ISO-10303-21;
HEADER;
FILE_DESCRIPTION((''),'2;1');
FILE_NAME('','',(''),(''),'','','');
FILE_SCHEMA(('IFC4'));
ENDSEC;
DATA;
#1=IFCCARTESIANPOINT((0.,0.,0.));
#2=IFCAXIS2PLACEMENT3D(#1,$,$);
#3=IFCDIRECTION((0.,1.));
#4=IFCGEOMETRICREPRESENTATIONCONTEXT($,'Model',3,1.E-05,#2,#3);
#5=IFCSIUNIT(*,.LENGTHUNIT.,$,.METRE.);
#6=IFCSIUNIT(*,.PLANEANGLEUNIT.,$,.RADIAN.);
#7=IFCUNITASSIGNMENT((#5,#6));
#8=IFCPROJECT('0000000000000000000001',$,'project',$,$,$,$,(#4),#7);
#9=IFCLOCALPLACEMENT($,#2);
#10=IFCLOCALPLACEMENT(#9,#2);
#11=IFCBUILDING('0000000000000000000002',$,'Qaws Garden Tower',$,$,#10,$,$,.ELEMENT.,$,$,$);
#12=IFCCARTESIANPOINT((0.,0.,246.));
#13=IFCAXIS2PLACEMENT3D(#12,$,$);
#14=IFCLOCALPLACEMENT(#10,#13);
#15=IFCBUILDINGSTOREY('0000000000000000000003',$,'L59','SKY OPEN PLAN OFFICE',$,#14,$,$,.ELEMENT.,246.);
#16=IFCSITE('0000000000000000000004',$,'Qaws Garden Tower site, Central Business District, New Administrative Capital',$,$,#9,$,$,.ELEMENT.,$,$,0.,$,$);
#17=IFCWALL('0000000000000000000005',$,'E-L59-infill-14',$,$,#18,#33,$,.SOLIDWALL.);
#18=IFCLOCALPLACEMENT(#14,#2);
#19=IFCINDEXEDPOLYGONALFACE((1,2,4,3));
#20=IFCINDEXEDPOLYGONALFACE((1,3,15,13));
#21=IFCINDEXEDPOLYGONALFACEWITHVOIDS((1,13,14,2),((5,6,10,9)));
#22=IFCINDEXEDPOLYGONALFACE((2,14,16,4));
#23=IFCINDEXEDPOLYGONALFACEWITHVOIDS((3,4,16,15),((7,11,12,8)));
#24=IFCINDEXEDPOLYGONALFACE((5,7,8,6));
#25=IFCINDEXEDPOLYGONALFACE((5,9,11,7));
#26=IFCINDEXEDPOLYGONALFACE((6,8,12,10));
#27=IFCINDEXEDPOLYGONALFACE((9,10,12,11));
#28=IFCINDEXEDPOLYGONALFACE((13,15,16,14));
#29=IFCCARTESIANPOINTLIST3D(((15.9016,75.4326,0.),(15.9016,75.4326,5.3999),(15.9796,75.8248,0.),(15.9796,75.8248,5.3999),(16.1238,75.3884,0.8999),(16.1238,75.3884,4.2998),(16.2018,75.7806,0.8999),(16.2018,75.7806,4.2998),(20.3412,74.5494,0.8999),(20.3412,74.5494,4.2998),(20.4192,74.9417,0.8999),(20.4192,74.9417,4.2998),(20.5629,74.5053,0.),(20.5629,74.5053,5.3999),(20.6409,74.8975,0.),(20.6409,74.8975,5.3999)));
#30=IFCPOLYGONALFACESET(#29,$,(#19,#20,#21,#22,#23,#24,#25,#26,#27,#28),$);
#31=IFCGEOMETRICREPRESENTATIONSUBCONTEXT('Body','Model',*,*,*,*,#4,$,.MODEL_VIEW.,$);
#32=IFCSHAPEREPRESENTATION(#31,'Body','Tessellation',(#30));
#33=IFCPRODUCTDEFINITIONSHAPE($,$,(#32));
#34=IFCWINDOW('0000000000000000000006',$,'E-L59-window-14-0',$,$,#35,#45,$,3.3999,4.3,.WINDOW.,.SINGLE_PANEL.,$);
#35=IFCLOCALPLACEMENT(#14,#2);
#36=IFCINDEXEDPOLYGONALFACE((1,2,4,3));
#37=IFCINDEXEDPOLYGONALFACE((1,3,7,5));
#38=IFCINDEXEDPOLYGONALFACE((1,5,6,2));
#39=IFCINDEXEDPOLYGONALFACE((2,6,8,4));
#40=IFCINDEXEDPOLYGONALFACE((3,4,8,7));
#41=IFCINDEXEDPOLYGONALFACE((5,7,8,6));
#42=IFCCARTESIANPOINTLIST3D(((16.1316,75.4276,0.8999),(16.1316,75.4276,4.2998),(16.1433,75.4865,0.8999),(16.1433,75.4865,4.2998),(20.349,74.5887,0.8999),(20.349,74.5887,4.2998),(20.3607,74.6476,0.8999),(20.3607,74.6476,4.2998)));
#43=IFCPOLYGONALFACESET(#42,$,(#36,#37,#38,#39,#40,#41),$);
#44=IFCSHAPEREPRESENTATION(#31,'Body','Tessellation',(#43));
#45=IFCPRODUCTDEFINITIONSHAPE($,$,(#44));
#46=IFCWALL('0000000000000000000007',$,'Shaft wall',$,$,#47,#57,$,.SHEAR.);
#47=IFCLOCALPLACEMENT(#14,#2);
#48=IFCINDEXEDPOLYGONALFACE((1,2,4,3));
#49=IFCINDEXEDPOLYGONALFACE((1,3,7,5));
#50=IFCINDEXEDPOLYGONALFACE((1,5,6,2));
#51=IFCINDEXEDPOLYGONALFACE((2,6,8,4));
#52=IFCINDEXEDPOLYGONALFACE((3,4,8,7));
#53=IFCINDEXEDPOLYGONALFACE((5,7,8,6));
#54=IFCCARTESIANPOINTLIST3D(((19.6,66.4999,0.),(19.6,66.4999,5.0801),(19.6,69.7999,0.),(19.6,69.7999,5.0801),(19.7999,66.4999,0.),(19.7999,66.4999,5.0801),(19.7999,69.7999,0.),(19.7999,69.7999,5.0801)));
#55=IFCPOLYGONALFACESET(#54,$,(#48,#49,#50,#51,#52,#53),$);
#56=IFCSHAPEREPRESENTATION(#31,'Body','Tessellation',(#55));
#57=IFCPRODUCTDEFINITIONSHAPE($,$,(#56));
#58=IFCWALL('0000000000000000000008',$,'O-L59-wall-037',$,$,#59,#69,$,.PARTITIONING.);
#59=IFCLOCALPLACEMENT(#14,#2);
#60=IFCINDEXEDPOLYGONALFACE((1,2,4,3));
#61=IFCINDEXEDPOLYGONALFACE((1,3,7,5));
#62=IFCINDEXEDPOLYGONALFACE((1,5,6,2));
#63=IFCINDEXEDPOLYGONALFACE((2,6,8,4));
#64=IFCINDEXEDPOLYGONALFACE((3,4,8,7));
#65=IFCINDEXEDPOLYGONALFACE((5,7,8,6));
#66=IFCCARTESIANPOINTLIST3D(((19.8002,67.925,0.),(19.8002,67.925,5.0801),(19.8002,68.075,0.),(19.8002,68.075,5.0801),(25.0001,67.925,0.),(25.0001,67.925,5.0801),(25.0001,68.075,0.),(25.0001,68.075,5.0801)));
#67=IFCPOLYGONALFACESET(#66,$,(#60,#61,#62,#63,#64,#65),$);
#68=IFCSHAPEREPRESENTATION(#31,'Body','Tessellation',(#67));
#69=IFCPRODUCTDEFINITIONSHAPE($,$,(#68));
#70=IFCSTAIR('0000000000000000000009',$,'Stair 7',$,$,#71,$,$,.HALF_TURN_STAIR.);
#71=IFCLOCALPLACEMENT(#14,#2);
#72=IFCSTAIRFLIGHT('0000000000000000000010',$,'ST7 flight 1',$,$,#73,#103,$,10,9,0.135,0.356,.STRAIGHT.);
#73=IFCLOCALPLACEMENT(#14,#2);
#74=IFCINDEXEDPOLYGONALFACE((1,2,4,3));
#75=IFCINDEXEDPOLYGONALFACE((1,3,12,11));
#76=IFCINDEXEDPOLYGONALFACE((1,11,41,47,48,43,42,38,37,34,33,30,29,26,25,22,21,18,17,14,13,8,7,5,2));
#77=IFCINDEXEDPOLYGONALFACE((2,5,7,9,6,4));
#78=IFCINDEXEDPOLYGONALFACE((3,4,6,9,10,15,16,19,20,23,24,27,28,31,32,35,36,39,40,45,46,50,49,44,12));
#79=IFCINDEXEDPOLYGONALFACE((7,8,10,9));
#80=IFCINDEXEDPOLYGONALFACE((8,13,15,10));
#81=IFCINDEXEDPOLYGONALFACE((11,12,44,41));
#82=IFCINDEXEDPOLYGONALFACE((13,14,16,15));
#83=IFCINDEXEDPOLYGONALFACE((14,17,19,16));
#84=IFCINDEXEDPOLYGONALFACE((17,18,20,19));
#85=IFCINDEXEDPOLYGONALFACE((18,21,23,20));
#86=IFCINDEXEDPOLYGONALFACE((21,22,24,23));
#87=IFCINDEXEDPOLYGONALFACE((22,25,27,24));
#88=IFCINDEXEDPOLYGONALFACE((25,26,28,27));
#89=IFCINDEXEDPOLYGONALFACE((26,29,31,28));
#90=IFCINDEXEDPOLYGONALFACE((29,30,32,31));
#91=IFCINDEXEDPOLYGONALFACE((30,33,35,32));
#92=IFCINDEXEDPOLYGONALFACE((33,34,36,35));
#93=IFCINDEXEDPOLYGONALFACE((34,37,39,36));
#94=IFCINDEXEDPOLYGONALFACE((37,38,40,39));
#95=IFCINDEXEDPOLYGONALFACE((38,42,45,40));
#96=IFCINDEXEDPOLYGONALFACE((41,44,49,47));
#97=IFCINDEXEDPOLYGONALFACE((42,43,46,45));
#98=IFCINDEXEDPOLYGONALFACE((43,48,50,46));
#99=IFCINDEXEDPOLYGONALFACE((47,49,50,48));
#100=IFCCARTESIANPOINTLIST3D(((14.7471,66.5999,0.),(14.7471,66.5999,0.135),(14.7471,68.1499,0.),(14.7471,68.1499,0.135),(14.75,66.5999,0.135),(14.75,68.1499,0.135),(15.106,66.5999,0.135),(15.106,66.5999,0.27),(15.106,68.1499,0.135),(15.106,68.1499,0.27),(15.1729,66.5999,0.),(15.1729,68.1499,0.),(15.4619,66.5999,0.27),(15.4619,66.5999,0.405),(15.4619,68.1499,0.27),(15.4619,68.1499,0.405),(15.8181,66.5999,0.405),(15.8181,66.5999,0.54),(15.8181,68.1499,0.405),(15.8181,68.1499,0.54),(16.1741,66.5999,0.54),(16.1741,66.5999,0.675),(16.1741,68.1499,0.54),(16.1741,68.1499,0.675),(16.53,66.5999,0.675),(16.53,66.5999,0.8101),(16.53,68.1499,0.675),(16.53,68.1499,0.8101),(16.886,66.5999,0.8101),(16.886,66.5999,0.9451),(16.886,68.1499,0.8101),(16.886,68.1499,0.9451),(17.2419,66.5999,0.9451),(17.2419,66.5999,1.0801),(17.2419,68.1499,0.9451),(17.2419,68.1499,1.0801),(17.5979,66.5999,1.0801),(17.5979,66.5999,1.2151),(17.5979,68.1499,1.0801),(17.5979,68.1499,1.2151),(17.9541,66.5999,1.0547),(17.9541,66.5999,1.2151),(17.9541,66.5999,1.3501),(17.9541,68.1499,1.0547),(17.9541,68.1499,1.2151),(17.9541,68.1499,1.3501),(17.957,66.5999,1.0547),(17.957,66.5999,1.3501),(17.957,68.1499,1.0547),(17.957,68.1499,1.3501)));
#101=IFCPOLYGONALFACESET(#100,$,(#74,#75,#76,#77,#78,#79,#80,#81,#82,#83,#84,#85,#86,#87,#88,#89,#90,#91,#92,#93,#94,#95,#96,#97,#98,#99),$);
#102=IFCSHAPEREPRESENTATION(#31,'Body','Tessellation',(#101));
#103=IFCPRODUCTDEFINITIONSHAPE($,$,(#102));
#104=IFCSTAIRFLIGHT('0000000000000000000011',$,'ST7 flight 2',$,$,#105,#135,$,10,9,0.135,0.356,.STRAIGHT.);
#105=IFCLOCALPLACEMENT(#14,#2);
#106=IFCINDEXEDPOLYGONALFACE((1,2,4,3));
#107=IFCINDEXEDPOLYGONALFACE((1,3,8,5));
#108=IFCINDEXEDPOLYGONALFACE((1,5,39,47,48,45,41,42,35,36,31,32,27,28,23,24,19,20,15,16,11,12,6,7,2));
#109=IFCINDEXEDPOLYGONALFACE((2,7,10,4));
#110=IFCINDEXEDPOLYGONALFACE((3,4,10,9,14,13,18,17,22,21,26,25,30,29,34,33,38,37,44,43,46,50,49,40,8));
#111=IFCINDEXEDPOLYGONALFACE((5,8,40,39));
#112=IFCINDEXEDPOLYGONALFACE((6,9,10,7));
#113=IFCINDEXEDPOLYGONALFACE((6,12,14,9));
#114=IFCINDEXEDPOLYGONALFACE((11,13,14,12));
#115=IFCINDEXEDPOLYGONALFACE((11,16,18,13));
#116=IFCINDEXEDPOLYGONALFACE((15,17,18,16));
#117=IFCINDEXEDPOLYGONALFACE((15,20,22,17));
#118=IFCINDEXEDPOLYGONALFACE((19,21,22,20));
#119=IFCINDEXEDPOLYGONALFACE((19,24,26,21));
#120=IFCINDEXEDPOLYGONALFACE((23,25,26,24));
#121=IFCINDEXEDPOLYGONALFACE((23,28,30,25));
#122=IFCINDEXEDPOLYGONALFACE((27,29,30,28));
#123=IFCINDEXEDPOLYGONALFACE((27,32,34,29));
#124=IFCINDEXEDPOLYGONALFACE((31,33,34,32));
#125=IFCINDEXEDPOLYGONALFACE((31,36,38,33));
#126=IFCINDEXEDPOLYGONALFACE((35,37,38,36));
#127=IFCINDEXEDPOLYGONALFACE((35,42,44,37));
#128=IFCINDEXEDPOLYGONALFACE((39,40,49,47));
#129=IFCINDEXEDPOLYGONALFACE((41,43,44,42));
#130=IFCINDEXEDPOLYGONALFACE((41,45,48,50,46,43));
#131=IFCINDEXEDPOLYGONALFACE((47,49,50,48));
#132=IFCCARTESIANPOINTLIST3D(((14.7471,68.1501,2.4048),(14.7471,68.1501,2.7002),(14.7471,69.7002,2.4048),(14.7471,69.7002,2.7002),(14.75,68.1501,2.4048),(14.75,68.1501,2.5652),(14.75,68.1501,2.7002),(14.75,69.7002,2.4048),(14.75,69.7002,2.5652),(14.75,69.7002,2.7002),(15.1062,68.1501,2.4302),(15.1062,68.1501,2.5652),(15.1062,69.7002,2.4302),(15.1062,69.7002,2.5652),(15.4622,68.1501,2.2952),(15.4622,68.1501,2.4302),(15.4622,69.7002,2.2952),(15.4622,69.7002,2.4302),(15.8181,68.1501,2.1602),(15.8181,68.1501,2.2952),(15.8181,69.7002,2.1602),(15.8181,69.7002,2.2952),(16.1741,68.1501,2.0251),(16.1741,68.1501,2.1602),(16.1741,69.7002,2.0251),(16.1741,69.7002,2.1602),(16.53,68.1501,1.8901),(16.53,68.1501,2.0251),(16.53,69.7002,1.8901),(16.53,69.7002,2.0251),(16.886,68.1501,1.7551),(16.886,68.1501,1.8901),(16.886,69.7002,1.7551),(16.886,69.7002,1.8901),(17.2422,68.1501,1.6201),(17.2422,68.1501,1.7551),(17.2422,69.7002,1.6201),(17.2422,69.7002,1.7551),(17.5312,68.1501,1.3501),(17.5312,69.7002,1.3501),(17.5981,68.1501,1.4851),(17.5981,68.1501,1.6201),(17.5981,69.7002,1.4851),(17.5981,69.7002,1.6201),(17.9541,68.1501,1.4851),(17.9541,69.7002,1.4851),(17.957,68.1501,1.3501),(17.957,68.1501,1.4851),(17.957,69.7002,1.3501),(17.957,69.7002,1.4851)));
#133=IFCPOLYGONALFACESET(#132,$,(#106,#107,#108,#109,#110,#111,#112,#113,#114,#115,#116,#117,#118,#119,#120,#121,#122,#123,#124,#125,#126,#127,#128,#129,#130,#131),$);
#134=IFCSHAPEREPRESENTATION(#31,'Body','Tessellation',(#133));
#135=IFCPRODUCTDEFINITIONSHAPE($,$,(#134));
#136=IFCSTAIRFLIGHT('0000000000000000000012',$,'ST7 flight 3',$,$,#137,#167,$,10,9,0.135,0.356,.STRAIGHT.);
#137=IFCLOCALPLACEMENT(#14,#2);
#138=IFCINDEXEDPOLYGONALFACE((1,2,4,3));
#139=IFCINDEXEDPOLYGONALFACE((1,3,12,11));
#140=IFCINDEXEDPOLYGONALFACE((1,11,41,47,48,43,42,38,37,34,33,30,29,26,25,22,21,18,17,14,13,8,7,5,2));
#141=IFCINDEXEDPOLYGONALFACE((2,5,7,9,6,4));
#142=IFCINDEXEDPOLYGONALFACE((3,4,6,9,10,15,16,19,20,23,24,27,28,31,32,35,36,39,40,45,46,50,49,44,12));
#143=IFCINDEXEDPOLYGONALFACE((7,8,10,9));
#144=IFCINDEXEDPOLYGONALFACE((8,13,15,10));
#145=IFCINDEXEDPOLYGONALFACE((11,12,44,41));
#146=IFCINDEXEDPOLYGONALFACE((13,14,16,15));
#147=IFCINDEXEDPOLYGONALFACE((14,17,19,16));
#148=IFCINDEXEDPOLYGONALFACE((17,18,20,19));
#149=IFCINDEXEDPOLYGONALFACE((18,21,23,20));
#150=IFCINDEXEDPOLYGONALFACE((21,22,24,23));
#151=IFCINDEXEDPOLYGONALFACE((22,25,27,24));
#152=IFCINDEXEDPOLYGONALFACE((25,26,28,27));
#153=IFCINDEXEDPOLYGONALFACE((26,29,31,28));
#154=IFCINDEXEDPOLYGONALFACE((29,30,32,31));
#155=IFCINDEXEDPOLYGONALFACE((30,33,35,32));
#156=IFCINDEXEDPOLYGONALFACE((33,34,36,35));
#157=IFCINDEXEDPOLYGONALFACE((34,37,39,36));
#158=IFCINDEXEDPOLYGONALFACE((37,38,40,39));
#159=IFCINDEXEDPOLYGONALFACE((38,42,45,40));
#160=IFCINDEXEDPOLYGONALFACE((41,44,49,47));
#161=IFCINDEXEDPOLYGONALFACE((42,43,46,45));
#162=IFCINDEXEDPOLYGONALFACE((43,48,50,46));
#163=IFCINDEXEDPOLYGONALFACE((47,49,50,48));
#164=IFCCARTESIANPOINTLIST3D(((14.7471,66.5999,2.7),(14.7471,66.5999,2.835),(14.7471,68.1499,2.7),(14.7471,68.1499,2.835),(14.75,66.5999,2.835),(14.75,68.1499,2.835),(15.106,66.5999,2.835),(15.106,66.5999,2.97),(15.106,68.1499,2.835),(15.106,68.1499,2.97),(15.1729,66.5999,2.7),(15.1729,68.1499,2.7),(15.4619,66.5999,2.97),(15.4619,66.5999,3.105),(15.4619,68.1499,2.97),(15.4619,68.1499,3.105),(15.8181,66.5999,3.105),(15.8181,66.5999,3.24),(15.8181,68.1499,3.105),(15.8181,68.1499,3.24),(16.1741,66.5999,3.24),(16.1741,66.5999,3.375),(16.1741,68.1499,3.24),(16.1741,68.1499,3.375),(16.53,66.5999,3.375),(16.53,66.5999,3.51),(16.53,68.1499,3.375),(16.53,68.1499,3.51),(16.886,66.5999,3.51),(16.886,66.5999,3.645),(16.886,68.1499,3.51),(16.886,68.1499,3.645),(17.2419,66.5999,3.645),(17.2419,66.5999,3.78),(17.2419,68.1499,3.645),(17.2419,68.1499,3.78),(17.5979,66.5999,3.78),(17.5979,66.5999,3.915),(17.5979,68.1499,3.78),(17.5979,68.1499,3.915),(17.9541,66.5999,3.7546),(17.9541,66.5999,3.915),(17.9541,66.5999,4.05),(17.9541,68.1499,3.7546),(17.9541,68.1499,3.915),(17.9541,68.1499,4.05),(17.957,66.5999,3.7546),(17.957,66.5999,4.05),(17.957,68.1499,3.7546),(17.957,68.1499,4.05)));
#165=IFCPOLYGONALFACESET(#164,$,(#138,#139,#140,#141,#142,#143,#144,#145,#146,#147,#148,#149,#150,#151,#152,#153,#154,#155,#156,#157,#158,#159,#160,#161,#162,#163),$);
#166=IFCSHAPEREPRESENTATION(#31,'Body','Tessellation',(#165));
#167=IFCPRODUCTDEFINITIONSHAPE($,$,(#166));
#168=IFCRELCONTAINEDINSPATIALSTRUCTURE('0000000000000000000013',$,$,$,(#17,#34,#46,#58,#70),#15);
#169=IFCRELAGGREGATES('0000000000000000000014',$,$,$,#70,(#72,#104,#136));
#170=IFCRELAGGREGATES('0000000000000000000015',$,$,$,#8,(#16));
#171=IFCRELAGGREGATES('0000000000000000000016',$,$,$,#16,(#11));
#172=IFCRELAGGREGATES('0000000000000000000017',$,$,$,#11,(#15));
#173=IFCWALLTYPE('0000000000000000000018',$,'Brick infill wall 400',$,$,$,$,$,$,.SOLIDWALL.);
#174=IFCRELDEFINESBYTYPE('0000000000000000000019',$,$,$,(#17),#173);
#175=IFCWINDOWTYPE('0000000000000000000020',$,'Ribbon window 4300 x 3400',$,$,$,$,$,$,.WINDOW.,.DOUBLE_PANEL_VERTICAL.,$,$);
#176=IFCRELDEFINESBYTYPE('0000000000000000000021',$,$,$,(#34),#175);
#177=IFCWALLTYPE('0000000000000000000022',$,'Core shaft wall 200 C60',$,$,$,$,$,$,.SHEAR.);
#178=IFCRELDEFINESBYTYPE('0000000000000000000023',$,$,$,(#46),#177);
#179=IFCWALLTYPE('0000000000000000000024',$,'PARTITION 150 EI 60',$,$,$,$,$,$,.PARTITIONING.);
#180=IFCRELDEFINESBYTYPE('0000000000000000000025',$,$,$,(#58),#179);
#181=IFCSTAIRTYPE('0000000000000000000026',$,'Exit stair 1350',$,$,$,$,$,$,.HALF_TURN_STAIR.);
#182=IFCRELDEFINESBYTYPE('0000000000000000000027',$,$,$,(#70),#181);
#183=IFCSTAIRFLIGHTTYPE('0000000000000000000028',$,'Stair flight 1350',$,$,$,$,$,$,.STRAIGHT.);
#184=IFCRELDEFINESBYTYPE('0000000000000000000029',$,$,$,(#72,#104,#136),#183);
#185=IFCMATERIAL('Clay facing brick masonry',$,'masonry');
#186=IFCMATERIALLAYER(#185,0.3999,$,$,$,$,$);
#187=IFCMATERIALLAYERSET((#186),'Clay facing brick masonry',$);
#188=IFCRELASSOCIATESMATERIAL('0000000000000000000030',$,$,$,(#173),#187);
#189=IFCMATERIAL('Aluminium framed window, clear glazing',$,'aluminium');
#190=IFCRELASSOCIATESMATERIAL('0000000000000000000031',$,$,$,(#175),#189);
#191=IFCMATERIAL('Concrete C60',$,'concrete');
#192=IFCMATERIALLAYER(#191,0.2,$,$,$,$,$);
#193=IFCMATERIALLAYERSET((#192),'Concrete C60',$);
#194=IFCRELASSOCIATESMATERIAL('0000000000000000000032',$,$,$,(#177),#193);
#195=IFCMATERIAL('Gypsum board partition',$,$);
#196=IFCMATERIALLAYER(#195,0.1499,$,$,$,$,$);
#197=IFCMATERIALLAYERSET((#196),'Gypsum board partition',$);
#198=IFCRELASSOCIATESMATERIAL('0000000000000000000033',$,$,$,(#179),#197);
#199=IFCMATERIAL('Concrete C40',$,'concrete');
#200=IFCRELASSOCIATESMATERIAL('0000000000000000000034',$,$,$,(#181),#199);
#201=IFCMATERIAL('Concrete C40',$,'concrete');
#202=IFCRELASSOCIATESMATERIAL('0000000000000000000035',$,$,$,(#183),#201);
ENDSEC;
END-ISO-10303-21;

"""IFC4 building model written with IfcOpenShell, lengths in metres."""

from ifc_helpers import new_model, si_unit, direction, frame, frame_2d, origin, place, context, subcontext, project, spatial, polyline, rectangle, outline, extrude, material, layer, layer_set, type_object, element, fill, aggregate, save


model = new_model("IFC4")

# Units and contexts
model_context = context("Model", 3, precision=1e-05, world=origin(), true_north=direction((0.0, 1.0)))
body_context = subcontext(model_context, "Body", "Model", "MODEL_VIEW")
ifc_project = project(units=[si_unit("LENGTHUNIT", "METRE"), si_unit("PLANEANGLEUNIT", "RADIAN")], contexts=[model_context])

# Site, building, storey
site_placement = place(None, origin())
site = spatial("IfcSite", under=ifc_project, at=site_placement, Name="Qaws Garden Tower site, Central Business District, New Administrative Capital", CompositionType="ELEMENT", RefElevation=0.0)
building_placement = place(site_placement, origin())
building = spatial("IfcBuilding", under=site, at=building_placement, Name="Qaws Garden Tower", CompositionType="ELEMENT")
storey_placement = place(building_placement, frame((0.0, 0.0, 246.0)))
storey = spatial("IfcBuildingStorey", under=building, at=storey_placement, Name="L59", Description="SKY OPEN PLAN OFFICE", CompositionType="ELEMENT", Elevation=246.0)

# Wall, opening, window
ifc_material_1 = material(Name="Clay facing brick masonry", Category="masonry")
ifc_layer_1 = layer(ifc_material_1, 0.3999)
ifc_layer_set_1 = layer_set([ifc_layer_1], Name="Clay facing brick masonry")
wall_type_1 = type_object("IfcWallType", Name="Brick infill wall 400", PredefinedType="SOLIDWALL", material=ifc_layer_set_1)
ifc_material_2 = material(Name="Aluminium framed window, clear glazing", Category="aluminium")
window_type = type_object("IfcWindowType", Name="Ribbon window 4300 x 3400", PartitioningType="DOUBLE_PANEL_VERTICAL", PredefinedType="WINDOW", material=ifc_material_2)
wall_1_placement = place(storey_placement, frame((20.6021, 74.7014, 0.0), z_axis=(0.0, 0.0, 1.0), x_axis=(-0.980784, 0.195099, 0.0)))
wall_1 = element("IfcWall", 1, at=wall_1_placement, inside=storey, type_object=wall_type_1, Name="E-L59-infill-14", PredefinedType="SOLIDWALL", context=body_context, shape_type="SweptSolid", body=[
    extrude(rectangle(XDim=4.7527, YDim=0.3999, at=frame_2d((2.3765, 0.0))), origin(), (0.0, 0.0, 1.0), 5.3999),
])
opening_1_placement = place(wall_1_placement, frame((0.2263, 0.0, 0.8999)))
opening_1 = element("IfcOpeningElement", 2, at=opening_1_placement, cuts=wall_1, PredefinedType="OPENING", context=body_context, shape_type="SweptSolid", body=[
    extrude(rectangle(XDim=4.3, YDim=3.3999, at=frame_2d((2.1499, 1.7))), frame((0.0, 0.21, 0.0), z_axis=(0.0, -1.0, 0.0), x_axis=(1.0, 0.0, 0.0)), (0.0, 0.0, 1.0), 0.4199),
])
window_1_placement = place(opening_1_placement, origin())
window_1 = element("IfcWindow", 3, at=window_1_placement, inside=storey, type_object=window_type, Name="E-L59-window-14-0", OverallHeight=3.3999, OverallWidth=4.3, PartitioningType="SINGLE_PANEL", PredefinedType="WINDOW", context=body_context, shape_type="SweptSolid", body=[
    extrude(rectangle(XDim=4.3, YDim=3.3999, at=frame_2d((2.1499, 1.7))), frame((0.0, 0.1599, 0.0), z_axis=(0.0, -1.0, 0.0), x_axis=(1.0, 0.0, 0.0)), (0.0, 0.0, 1.0), 0.0601),
])
fill(opening_1, window_1)

# Walls
ifc_material_3 = material(Name="Concrete C60", Category="concrete")
ifc_layer_2 = layer(ifc_material_3, 0.2)
ifc_layer_set_2 = layer_set([ifc_layer_2], Name="Concrete C60")
wall_type_2 = type_object("IfcWallType", Name="Core shaft wall 200 C60", PredefinedType="SHEAR", material=ifc_layer_set_2)
wall_2_placement = place(storey_placement, frame((19.7, 66.5, 0.0), z_axis=(0.0, 0.0, 1.0), x_axis=(0.0, 1.0, 0.0)))
element("IfcWall", 4, at=wall_2_placement, inside=storey, type_object=wall_type_2, Name="Shaft wall", PredefinedType="SHEAR", context=body_context, shape_type="SweptSolid", body=[
    extrude(rectangle(XDim=3.3, YDim=0.2, at=frame_2d((1.6499, 0.0))), origin(), (0.0, 0.0, 1.0), 5.0801),
])
ifc_material_4 = material(Name="Gypsum board partition")
ifc_layer_3 = layer(ifc_material_4, 0.1499)
ifc_layer_set_3 = layer_set([ifc_layer_3], Name="Gypsum board partition")
wall_type_3 = type_object("IfcWallType", Name="PARTITION 150 EI 60", PredefinedType="PARTITIONING", material=ifc_layer_set_3)
wall_3_placement = place(storey_placement, frame((19.8, 68.0, 0.0), z_axis=(0.0, 0.0, 1.0), x_axis=(1.0, 0.0, 0.0)))
element("IfcWall", 5, at=wall_3_placement, inside=storey, type_object=wall_type_3, Name="O-L59-wall-037", PredefinedType="PARTITIONING", context=body_context, shape_type="SweptSolid", body=[
    extrude(rectangle(XDim=5.2, YDim=0.1499, at=frame_2d((2.6001, 0.0))), origin(), (0.0, 0.0, 1.0), 5.0801),
])

# Stair, stair flights
ifc_material_5 = material(Name="Concrete C40", Category="concrete")
stair_type = type_object("IfcStairType", Name="Exit stair 1350", PredefinedType="HALF_TURN_STAIR", material=ifc_material_5)
stair_placement = place(storey_placement, origin())
stair = element("IfcStair", 6, at=stair_placement, inside=storey, type_object=stair_type, Name="Stair 7", PredefinedType="HALF_TURN_STAIR")
ifc_material_6 = material(Name="Concrete C40", Category="concrete")
stair_flight_type = type_object("IfcStairFlightType", Name="Stair flight 1350", PredefinedType="STRAIGHT", material=ifc_material_6)
stair_flight_1_placement = place(storey_placement, frame((14.75, 67.375, 0.0), z_axis=(0.0, 0.0, 1.0), x_axis=(1.0, 0.0, 0.0)))
stair_flight_1 = element("IfcStairFlight", 7, at=stair_flight_1_placement, type_object=stair_flight_type, Name="ST7 flight 1", NumberOfRisers=10, NumberOfTreads=9, PredefinedType="STRAIGHT", RiserHeight=0.135, TreadLength=0.356, context=body_context, shape_type="SweptSolid", body=[
    extrude(outline(polyline([(-0.0029, 0.0), (-0.0029, 0.135), (0.0, 0.135), (0.356, 0.135), (0.356, 0.27), (0.7119, 0.27), (0.7119, 0.405), (1.0681, 0.405), (1.0681, 0.54), (1.4241, 0.54), (1.4241, 0.675), (1.78, 0.675), (1.78, 0.8101), (2.136, 0.8101), (2.136, 0.9451), (2.4919, 0.9451), (2.4919, 1.0801), (2.8479, 1.0801), (2.8479, 1.2151), (3.2041, 1.2151), (3.2041, 1.3501), (3.207, 1.3501), (3.207, 1.0547), (3.2041, 1.0547), (0.4229, 0.0), (-0.0029, 0.0)])), frame((0.0, 0.7749, 0.0), z_axis=(0.0, -1.0, 0.0), x_axis=(1.0, 0.0, 0.0)), (0.0, 0.0, 1.0), 1.55),
])
stair_flight_2_placement = place(storey_placement, frame((17.9541, 68.925, 1.3501), z_axis=(0.0, 0.0, 1.0), x_axis=(-1.0, 0.0, 0.0)))
stair_flight_2 = element("IfcStairFlight", 8, at=stair_flight_2_placement, type_object=stair_flight_type, Name="ST7 flight 2", NumberOfRisers=10, NumberOfTreads=9, PredefinedType="STRAIGHT", RiserHeight=0.135, TreadLength=0.356, context=body_context, shape_type="SweptSolid", body=[
    extrude(outline(polyline([(-0.0029, 0.0), (-0.0029, 0.135), (0.0, 0.135), (0.356, 0.135), (0.356, 0.27), (0.7119, 0.27), (0.7119, 0.405), (1.0681, 0.405), (1.0681, 0.54), (1.4241, 0.54), (1.4241, 0.675), (1.78, 0.675), (1.78, 0.8101), (2.136, 0.8101), (2.136, 0.9451), (2.4919, 0.9451), (2.4919, 1.0801), (2.8479, 1.0801), (2.8479, 1.2151), (3.2041, 1.2151), (3.2041, 1.3501), (3.207, 1.3501), (3.207, 1.0547), (3.2041, 1.0547), (0.4229, 0.0), (-0.0029, 0.0)])), frame((0.0, 0.7749, 0.0), z_axis=(0.0, -1.0, 0.0), x_axis=(1.0, 0.0, 0.0)), (0.0, 0.0, 1.0), 1.55),
])
stair_flight_3_placement = place(storey_placement, frame((14.75, 67.375, 2.7), z_axis=(0.0, 0.0, 1.0), x_axis=(1.0, 0.0, 0.0)))
stair_flight_3 = element("IfcStairFlight", 9, at=stair_flight_3_placement, type_object=stair_flight_type, Name="ST7 flight 3", NumberOfRisers=10, NumberOfTreads=9, PredefinedType="STRAIGHT", RiserHeight=0.135, TreadLength=0.356, context=body_context, shape_type="SweptSolid", body=[
    extrude(outline(polyline([(-0.0029, 0.0), (-0.0029, 0.135), (0.0, 0.135), (0.356, 0.135), (0.356, 0.27), (0.7119, 0.27), (0.7119, 0.405), (1.0681, 0.405), (1.0681, 0.54), (1.4241, 0.54), (1.4241, 0.675), (1.78, 0.675), (1.78, 0.8101), (2.136, 0.8101), (2.136, 0.9451), (2.4919, 0.9451), (2.4919, 1.0801), (2.8479, 1.0801), (2.8479, 1.2151), (3.2041, 1.2151), (3.2041, 1.3501), (3.207, 1.3501), (3.207, 1.0547), (3.2041, 1.0547), (0.4229, 0.0), (-0.0029, 0.0)])), frame((0.0, 0.7749, 0.0), z_axis=(0.0, -1.0, 0.0), x_axis=(1.0, 0.0, 0.0)), (0.0, 0.0, 1.0), 1.55),
])
aggregate(stair, [stair_flight_1, stair_flight_2, stair_flight_3])

save(model, "model.ifc")
